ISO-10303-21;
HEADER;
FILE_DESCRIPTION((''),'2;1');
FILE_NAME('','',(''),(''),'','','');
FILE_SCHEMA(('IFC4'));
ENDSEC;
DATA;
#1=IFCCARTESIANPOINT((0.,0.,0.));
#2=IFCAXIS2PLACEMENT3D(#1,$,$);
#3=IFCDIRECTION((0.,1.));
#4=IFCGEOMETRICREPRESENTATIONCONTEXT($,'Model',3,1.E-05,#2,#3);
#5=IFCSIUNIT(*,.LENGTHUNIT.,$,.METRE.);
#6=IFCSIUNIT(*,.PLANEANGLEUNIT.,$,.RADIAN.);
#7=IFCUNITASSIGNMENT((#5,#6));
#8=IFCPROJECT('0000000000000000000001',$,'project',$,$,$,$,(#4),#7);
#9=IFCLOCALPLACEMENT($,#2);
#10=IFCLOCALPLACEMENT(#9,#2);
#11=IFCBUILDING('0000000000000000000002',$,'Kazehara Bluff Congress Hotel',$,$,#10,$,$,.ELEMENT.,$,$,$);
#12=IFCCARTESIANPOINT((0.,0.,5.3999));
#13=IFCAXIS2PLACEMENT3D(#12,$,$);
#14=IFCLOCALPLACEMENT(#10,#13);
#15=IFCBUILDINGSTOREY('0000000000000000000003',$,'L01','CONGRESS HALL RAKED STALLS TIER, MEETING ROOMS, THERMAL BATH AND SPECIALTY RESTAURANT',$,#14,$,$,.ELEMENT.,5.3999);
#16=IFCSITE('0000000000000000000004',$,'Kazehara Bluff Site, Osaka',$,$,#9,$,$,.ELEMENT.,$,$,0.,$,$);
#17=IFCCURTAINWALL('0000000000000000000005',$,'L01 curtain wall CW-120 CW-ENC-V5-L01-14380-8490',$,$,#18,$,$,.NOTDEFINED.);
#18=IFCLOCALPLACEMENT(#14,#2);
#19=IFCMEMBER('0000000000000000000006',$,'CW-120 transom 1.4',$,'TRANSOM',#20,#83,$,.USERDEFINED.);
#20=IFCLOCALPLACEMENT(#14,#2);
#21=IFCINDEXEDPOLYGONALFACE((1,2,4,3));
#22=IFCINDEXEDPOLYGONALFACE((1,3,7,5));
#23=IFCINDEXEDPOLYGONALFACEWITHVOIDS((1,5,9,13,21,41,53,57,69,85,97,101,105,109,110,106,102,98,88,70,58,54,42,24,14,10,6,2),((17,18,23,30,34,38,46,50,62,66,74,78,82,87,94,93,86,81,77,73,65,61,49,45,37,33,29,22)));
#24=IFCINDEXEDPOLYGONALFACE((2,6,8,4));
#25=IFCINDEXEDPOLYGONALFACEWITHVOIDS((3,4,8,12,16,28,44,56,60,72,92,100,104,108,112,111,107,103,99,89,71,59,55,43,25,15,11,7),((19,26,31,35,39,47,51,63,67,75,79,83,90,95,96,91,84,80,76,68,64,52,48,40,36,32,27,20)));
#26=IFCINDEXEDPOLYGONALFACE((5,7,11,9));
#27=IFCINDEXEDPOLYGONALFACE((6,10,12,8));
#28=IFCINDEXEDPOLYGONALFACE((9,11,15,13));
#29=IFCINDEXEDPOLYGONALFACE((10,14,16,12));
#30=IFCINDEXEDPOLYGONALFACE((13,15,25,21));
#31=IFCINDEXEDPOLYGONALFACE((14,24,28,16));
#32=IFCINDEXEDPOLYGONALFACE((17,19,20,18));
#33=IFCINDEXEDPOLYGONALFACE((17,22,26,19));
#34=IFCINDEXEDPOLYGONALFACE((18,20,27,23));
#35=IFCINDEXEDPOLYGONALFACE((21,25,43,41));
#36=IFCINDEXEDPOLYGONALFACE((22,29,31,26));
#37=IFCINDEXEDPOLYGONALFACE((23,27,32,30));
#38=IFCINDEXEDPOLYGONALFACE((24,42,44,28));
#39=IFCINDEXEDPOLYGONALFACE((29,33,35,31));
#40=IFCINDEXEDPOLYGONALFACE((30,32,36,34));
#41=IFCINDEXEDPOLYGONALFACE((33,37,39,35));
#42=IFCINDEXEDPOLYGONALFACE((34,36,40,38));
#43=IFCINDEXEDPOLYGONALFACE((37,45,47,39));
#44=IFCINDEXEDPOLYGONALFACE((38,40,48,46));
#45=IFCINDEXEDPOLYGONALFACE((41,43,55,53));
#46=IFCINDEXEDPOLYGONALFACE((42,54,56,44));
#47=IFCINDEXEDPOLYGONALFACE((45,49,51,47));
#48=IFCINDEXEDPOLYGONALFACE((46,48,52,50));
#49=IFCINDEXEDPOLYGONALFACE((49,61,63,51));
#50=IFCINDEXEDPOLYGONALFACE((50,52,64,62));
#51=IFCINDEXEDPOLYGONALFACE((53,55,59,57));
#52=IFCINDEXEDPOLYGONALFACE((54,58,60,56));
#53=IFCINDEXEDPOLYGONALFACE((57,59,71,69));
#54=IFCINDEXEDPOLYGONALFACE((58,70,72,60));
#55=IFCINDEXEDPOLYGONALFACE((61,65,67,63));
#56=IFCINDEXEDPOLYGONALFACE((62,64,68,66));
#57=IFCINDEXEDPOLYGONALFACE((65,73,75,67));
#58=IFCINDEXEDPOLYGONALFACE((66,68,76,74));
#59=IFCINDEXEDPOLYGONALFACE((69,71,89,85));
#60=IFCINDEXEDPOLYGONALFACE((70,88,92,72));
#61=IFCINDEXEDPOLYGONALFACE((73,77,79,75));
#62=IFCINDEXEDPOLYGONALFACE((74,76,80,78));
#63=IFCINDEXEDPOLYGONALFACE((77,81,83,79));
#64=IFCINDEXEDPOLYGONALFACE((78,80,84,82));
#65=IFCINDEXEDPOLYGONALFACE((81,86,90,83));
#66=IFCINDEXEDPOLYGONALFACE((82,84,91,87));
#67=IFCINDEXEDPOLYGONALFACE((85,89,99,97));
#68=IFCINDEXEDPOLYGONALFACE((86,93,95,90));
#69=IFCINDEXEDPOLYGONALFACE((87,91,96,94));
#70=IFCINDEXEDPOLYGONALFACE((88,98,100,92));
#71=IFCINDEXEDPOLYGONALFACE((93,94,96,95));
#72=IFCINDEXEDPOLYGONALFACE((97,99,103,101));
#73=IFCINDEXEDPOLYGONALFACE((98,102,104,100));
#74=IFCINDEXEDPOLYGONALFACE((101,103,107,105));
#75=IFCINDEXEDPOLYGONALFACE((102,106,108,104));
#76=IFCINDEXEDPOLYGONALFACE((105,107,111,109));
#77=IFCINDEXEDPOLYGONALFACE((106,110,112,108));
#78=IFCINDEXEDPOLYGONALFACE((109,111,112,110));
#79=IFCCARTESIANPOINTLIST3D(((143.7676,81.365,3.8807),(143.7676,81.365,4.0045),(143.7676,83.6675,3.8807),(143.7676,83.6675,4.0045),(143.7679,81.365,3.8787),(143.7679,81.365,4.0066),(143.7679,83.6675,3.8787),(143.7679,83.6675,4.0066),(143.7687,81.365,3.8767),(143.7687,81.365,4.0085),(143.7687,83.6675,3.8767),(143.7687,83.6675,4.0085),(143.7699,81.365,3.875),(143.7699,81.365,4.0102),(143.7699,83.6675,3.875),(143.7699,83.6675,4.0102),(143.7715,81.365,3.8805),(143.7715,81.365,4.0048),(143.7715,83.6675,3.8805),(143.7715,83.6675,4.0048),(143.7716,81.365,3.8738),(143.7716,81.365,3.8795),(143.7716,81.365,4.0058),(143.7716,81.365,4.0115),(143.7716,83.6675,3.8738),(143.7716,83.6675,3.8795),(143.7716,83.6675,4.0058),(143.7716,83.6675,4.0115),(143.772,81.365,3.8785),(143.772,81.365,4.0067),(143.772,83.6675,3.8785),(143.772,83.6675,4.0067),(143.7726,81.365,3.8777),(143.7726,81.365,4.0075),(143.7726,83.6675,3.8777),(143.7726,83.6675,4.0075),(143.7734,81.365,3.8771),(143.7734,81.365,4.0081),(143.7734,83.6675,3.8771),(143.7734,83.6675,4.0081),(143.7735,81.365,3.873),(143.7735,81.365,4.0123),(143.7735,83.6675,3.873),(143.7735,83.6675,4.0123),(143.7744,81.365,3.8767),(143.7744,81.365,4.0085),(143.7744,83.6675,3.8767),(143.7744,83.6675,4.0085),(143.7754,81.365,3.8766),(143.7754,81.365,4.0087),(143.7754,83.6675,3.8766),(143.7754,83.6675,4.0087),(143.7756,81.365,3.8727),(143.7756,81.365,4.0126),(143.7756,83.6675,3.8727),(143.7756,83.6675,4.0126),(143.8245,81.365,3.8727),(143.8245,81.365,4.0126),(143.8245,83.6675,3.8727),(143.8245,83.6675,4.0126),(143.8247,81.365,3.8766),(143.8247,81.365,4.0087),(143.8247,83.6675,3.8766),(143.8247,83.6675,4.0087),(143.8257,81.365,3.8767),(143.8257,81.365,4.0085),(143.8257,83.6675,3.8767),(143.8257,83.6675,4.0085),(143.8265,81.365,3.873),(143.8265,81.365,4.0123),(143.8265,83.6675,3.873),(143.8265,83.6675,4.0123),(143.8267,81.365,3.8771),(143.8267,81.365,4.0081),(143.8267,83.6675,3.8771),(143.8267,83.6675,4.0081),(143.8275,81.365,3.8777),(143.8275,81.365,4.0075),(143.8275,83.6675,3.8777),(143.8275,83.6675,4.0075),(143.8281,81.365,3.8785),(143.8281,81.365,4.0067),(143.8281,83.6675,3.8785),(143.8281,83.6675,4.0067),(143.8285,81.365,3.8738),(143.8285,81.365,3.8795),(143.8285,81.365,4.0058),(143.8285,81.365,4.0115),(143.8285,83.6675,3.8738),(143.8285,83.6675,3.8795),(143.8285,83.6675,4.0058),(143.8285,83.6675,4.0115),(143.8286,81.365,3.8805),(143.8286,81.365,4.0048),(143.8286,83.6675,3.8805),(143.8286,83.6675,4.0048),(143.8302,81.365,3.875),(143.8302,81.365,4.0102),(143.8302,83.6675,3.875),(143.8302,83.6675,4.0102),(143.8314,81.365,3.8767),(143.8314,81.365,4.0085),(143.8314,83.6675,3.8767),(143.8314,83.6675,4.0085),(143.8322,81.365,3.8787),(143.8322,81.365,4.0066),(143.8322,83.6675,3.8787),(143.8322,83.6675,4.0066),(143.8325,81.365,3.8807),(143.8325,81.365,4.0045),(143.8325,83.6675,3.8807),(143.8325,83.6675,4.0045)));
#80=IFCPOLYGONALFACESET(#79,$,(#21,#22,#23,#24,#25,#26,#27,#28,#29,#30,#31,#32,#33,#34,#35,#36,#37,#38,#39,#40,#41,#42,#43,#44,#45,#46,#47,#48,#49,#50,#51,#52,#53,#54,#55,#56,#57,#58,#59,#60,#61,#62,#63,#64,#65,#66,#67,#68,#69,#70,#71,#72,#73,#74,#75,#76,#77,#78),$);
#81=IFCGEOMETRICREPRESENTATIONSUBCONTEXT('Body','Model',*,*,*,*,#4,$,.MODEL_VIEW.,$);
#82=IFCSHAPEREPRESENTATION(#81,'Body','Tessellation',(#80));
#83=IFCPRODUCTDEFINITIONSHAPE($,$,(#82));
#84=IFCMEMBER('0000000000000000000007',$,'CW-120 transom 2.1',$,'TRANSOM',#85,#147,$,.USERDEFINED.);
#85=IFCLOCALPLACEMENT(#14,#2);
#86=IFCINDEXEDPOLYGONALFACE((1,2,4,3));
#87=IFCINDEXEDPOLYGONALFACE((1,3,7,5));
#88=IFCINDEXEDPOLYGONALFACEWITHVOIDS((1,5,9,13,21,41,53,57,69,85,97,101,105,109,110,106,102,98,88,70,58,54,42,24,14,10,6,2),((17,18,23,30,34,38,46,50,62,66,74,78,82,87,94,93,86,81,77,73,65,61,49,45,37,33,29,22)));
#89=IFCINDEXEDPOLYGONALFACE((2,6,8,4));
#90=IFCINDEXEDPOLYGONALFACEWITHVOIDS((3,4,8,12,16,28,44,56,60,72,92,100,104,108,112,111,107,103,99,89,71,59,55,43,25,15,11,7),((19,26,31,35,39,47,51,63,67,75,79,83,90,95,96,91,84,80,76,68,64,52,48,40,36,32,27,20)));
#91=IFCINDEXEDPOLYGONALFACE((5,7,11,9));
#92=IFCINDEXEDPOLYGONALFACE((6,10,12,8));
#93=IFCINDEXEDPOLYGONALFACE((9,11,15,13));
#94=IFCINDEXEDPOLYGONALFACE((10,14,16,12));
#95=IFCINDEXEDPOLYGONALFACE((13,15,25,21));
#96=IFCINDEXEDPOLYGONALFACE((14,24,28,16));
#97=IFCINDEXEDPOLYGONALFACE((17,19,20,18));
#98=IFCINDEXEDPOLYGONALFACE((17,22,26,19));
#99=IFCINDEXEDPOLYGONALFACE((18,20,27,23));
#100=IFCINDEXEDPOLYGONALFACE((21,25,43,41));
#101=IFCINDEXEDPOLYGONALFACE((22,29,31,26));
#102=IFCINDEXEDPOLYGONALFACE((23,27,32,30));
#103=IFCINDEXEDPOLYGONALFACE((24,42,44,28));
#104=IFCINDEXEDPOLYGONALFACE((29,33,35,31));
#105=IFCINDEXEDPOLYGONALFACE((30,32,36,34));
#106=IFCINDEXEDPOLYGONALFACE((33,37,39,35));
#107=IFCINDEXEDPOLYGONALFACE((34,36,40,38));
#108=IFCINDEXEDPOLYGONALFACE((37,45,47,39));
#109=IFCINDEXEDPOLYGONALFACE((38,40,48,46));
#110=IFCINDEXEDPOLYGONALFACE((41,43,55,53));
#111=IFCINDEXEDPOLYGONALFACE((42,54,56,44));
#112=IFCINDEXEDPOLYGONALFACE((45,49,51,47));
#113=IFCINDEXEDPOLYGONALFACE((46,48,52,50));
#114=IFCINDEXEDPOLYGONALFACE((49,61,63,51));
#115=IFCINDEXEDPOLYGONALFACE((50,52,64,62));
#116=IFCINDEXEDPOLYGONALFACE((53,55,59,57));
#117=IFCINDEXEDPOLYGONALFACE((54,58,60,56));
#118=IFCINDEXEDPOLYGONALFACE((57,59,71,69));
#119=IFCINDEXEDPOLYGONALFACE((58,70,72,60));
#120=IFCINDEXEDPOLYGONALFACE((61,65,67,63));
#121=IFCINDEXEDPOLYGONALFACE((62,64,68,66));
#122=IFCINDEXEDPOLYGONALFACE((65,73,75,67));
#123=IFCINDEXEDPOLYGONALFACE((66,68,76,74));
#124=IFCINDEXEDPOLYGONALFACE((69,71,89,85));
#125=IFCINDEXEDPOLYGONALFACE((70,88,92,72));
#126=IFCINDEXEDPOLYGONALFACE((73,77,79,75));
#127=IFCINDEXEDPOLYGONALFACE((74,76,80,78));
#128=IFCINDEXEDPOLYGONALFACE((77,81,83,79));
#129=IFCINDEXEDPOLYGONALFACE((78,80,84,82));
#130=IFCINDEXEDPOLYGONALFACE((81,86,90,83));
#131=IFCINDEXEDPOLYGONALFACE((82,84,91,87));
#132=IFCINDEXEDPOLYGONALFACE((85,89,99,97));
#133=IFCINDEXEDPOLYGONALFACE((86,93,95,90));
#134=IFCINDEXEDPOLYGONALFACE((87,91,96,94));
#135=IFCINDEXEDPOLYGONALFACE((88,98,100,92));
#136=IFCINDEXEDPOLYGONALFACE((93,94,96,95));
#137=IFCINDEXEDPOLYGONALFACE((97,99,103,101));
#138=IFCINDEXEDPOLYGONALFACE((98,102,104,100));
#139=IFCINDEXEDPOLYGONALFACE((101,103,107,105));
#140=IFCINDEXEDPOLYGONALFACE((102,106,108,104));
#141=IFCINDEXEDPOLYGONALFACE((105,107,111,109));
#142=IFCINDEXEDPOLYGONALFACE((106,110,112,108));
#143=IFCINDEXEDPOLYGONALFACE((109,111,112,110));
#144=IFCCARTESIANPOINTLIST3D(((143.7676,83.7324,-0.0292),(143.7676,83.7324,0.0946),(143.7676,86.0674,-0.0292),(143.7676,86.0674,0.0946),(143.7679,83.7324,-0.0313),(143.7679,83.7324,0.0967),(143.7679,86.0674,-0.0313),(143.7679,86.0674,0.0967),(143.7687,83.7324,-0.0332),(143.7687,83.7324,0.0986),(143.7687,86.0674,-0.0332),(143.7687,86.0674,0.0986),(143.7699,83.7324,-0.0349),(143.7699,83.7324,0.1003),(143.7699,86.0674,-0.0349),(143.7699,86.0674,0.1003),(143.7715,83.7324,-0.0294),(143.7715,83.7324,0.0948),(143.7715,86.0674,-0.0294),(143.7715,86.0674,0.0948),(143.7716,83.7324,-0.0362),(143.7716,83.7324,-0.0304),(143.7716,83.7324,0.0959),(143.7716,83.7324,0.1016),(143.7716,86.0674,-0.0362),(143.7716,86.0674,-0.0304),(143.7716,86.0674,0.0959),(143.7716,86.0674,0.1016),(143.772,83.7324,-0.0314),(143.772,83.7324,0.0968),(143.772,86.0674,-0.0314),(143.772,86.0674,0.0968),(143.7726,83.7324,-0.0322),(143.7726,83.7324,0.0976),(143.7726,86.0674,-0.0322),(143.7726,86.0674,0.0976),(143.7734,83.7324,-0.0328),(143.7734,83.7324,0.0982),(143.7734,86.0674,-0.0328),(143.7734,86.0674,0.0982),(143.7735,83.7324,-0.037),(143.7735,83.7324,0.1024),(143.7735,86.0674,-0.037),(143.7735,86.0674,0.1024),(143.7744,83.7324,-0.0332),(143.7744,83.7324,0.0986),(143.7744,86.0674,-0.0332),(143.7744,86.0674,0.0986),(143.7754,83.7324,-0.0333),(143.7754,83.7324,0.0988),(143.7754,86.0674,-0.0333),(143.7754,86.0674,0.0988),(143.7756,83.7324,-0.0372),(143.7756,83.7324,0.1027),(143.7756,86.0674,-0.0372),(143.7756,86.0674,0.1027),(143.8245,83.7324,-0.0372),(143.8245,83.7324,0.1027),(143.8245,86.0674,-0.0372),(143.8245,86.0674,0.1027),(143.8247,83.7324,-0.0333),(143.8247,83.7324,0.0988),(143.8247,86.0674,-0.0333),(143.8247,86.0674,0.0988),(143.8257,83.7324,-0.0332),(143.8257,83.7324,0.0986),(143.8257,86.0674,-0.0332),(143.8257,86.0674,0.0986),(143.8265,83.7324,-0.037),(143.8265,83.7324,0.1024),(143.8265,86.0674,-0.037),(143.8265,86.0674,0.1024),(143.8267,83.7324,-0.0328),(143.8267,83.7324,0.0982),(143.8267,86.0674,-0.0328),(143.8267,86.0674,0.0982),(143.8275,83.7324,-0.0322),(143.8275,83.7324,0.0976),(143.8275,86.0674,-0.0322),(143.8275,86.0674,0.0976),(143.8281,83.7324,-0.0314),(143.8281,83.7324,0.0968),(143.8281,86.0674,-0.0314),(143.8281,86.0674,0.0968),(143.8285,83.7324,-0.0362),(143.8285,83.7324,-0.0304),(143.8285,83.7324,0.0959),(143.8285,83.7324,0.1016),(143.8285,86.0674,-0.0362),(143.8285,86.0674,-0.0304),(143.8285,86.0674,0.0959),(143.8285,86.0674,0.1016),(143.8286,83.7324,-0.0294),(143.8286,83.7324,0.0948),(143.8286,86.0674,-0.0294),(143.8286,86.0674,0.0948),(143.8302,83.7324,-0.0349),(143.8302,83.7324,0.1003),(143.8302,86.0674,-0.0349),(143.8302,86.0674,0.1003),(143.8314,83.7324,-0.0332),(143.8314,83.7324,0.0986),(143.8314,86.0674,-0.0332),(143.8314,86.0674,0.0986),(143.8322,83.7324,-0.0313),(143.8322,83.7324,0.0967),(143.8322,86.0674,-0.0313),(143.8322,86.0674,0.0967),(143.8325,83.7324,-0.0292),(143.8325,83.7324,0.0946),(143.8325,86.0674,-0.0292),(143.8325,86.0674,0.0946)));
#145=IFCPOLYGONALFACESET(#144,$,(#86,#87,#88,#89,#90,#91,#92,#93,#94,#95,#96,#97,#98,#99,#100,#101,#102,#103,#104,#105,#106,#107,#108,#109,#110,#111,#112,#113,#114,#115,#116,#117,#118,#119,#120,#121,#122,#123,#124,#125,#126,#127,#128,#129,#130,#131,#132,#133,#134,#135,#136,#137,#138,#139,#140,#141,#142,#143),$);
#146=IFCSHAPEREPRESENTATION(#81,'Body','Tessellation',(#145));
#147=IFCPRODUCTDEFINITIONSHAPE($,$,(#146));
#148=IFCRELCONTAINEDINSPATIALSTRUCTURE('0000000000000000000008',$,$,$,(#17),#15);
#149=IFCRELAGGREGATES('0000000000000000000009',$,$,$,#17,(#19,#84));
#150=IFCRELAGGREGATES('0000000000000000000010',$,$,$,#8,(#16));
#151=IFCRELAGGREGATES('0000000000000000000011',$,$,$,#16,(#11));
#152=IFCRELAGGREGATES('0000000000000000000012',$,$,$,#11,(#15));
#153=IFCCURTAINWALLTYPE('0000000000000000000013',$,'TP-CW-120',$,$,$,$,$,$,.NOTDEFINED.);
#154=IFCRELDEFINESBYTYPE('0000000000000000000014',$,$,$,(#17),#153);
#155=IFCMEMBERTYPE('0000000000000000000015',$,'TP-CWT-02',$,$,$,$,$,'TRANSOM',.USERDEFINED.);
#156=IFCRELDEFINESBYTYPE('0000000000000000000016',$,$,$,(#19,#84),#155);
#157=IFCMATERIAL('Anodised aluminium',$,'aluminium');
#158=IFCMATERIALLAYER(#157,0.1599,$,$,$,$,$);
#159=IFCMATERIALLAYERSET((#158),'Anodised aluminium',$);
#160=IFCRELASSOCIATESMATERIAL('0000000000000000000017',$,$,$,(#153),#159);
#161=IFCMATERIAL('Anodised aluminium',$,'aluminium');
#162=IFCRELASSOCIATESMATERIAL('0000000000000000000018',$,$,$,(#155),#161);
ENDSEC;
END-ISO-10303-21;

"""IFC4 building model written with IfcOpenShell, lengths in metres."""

from ifc_helpers import new_model, si_unit, direction, frame, origin, origin_2d, place, context, subcontext, project, spatial, hollow_rectangle, extrude, material, layer, layer_set, material_profile, profile_set, type_object, element, aggregate, save


model = new_model("IFC4")

# Units and contexts
model_context = context("Model", 3, precision=1e-05, world=origin(), true_north=direction((0.0, 1.0)))
body_context = subcontext(model_context, "Body", "Model", "MODEL_VIEW")
ifc_project = project(units=[si_unit("LENGTHUNIT", "METRE"), si_unit("PLANEANGLEUNIT", "RADIAN")], contexts=[model_context])

# Site, building, storey
site_placement = place(None, origin())
site = spatial("IfcSite", under=ifc_project, at=site_placement, Name="Kazehara Bluff Site, Osaka", CompositionType="ELEMENT", RefElevation=0.0)
building_placement = place(site_placement, origin())
building = spatial("IfcBuilding", under=site, at=building_placement, Name="Kazehara Bluff Congress Hotel", CompositionType="ELEMENT")
storey_placement = place(building_placement, frame((0.0, 0.0, 5.3999)))
storey = spatial("IfcBuildingStorey", under=building, at=storey_placement, Name="L01", Description="CONGRESS HALL RAKED STALLS TIER, MEETING ROOMS, THERMAL BATH AND SPECIALTY RESTAURANT", CompositionType="ELEMENT", Elevation=5.3999)

# Curtain wall
ifc_material_1 = material(Name="Anodised aluminium", Category="aluminium")
ifc_layer_1 = layer(ifc_material_1, 0.1599)
ifc_layer_set_1 = layer_set([ifc_layer_1], Name="Anodised aluminium")
curtain_wall_type_1 = type_object("IfcCurtainWallType", Name="TP-CW-120", PredefinedType="NOTDEFINED", material=ifc_layer_set_1)
curtain_wall_1_placement = place(storey_placement, origin())
curtain_wall_1 = element("IfcCurtainWall", 1, at=curtain_wall_1_placement, inside=storey, type_object=curtain_wall_type_1, Name="L01 curtain wall CW-120 CW-ENC-V5-L01-14380-8490", PredefinedType="NOTDEFINED")

# Members
ifc_material_2 = material(Name="Anodised aluminium", Category="aluminium")
ifc_material_profile_1 = material_profile(ifc_material_2, hollow_rectangle(XDim=0.0649, YDim=0.1399, WallThickness=0.0039, InnerFilletRadius=0.0039, OuterFilletRadius=0.0081, at=origin_2d()))
ifc_profile_set_1 = profile_set([ifc_material_profile_1], Name="Anodised aluminium")
member_type_1 = type_object("IfcMemberType", Name="TP-CWT-02", ElementType="TRANSOM", PredefinedType="USERDEFINED", material=ifc_profile_set_1)
member_1_placement = place(storey_placement, frame((143.8, 81.365, 3.9426), z_axis=(0.0, 1.0, 0.0), x_axis=(-1.0, 0.0, 0.0)))
member_1 = element("IfcMember", 2, at=member_1_placement, type_object=member_type_1, Name="CW-120 transom 1.4", ObjectType="TRANSOM", PredefinedType="USERDEFINED", context=body_context, shape_type="SweptSolid", body=[
    extrude(hollow_rectangle(XDim=0.0649, YDim=0.1399, WallThickness=0.0039, InnerFilletRadius=0.0039, OuterFilletRadius=0.0081, at=origin_2d()), origin(), (0.0, 0.0, 1.0), 2.3025),
])
member_2_placement = place(storey_placement, frame((143.8, 83.7324, 0.0327), z_axis=(0.0, 1.0, 0.0), x_axis=(-1.0, 0.0, 0.0)))
member_2 = element("IfcMember", 3, at=member_2_placement, type_object=member_type_1, Name="CW-120 transom 2.1", ObjectType="TRANSOM", PredefinedType="USERDEFINED", context=body_context, shape_type="SweptSolid", body=[
    extrude(hollow_rectangle(XDim=0.0649, YDim=0.1399, WallThickness=0.0039, InnerFilletRadius=0.0039, OuterFilletRadius=0.0081, at=origin_2d()), origin(), (0.0, 0.0, 1.0), 2.335),
])

aggregate(curtain_wall_1, [member_1, member_2])

save(model, "model.ifc")
